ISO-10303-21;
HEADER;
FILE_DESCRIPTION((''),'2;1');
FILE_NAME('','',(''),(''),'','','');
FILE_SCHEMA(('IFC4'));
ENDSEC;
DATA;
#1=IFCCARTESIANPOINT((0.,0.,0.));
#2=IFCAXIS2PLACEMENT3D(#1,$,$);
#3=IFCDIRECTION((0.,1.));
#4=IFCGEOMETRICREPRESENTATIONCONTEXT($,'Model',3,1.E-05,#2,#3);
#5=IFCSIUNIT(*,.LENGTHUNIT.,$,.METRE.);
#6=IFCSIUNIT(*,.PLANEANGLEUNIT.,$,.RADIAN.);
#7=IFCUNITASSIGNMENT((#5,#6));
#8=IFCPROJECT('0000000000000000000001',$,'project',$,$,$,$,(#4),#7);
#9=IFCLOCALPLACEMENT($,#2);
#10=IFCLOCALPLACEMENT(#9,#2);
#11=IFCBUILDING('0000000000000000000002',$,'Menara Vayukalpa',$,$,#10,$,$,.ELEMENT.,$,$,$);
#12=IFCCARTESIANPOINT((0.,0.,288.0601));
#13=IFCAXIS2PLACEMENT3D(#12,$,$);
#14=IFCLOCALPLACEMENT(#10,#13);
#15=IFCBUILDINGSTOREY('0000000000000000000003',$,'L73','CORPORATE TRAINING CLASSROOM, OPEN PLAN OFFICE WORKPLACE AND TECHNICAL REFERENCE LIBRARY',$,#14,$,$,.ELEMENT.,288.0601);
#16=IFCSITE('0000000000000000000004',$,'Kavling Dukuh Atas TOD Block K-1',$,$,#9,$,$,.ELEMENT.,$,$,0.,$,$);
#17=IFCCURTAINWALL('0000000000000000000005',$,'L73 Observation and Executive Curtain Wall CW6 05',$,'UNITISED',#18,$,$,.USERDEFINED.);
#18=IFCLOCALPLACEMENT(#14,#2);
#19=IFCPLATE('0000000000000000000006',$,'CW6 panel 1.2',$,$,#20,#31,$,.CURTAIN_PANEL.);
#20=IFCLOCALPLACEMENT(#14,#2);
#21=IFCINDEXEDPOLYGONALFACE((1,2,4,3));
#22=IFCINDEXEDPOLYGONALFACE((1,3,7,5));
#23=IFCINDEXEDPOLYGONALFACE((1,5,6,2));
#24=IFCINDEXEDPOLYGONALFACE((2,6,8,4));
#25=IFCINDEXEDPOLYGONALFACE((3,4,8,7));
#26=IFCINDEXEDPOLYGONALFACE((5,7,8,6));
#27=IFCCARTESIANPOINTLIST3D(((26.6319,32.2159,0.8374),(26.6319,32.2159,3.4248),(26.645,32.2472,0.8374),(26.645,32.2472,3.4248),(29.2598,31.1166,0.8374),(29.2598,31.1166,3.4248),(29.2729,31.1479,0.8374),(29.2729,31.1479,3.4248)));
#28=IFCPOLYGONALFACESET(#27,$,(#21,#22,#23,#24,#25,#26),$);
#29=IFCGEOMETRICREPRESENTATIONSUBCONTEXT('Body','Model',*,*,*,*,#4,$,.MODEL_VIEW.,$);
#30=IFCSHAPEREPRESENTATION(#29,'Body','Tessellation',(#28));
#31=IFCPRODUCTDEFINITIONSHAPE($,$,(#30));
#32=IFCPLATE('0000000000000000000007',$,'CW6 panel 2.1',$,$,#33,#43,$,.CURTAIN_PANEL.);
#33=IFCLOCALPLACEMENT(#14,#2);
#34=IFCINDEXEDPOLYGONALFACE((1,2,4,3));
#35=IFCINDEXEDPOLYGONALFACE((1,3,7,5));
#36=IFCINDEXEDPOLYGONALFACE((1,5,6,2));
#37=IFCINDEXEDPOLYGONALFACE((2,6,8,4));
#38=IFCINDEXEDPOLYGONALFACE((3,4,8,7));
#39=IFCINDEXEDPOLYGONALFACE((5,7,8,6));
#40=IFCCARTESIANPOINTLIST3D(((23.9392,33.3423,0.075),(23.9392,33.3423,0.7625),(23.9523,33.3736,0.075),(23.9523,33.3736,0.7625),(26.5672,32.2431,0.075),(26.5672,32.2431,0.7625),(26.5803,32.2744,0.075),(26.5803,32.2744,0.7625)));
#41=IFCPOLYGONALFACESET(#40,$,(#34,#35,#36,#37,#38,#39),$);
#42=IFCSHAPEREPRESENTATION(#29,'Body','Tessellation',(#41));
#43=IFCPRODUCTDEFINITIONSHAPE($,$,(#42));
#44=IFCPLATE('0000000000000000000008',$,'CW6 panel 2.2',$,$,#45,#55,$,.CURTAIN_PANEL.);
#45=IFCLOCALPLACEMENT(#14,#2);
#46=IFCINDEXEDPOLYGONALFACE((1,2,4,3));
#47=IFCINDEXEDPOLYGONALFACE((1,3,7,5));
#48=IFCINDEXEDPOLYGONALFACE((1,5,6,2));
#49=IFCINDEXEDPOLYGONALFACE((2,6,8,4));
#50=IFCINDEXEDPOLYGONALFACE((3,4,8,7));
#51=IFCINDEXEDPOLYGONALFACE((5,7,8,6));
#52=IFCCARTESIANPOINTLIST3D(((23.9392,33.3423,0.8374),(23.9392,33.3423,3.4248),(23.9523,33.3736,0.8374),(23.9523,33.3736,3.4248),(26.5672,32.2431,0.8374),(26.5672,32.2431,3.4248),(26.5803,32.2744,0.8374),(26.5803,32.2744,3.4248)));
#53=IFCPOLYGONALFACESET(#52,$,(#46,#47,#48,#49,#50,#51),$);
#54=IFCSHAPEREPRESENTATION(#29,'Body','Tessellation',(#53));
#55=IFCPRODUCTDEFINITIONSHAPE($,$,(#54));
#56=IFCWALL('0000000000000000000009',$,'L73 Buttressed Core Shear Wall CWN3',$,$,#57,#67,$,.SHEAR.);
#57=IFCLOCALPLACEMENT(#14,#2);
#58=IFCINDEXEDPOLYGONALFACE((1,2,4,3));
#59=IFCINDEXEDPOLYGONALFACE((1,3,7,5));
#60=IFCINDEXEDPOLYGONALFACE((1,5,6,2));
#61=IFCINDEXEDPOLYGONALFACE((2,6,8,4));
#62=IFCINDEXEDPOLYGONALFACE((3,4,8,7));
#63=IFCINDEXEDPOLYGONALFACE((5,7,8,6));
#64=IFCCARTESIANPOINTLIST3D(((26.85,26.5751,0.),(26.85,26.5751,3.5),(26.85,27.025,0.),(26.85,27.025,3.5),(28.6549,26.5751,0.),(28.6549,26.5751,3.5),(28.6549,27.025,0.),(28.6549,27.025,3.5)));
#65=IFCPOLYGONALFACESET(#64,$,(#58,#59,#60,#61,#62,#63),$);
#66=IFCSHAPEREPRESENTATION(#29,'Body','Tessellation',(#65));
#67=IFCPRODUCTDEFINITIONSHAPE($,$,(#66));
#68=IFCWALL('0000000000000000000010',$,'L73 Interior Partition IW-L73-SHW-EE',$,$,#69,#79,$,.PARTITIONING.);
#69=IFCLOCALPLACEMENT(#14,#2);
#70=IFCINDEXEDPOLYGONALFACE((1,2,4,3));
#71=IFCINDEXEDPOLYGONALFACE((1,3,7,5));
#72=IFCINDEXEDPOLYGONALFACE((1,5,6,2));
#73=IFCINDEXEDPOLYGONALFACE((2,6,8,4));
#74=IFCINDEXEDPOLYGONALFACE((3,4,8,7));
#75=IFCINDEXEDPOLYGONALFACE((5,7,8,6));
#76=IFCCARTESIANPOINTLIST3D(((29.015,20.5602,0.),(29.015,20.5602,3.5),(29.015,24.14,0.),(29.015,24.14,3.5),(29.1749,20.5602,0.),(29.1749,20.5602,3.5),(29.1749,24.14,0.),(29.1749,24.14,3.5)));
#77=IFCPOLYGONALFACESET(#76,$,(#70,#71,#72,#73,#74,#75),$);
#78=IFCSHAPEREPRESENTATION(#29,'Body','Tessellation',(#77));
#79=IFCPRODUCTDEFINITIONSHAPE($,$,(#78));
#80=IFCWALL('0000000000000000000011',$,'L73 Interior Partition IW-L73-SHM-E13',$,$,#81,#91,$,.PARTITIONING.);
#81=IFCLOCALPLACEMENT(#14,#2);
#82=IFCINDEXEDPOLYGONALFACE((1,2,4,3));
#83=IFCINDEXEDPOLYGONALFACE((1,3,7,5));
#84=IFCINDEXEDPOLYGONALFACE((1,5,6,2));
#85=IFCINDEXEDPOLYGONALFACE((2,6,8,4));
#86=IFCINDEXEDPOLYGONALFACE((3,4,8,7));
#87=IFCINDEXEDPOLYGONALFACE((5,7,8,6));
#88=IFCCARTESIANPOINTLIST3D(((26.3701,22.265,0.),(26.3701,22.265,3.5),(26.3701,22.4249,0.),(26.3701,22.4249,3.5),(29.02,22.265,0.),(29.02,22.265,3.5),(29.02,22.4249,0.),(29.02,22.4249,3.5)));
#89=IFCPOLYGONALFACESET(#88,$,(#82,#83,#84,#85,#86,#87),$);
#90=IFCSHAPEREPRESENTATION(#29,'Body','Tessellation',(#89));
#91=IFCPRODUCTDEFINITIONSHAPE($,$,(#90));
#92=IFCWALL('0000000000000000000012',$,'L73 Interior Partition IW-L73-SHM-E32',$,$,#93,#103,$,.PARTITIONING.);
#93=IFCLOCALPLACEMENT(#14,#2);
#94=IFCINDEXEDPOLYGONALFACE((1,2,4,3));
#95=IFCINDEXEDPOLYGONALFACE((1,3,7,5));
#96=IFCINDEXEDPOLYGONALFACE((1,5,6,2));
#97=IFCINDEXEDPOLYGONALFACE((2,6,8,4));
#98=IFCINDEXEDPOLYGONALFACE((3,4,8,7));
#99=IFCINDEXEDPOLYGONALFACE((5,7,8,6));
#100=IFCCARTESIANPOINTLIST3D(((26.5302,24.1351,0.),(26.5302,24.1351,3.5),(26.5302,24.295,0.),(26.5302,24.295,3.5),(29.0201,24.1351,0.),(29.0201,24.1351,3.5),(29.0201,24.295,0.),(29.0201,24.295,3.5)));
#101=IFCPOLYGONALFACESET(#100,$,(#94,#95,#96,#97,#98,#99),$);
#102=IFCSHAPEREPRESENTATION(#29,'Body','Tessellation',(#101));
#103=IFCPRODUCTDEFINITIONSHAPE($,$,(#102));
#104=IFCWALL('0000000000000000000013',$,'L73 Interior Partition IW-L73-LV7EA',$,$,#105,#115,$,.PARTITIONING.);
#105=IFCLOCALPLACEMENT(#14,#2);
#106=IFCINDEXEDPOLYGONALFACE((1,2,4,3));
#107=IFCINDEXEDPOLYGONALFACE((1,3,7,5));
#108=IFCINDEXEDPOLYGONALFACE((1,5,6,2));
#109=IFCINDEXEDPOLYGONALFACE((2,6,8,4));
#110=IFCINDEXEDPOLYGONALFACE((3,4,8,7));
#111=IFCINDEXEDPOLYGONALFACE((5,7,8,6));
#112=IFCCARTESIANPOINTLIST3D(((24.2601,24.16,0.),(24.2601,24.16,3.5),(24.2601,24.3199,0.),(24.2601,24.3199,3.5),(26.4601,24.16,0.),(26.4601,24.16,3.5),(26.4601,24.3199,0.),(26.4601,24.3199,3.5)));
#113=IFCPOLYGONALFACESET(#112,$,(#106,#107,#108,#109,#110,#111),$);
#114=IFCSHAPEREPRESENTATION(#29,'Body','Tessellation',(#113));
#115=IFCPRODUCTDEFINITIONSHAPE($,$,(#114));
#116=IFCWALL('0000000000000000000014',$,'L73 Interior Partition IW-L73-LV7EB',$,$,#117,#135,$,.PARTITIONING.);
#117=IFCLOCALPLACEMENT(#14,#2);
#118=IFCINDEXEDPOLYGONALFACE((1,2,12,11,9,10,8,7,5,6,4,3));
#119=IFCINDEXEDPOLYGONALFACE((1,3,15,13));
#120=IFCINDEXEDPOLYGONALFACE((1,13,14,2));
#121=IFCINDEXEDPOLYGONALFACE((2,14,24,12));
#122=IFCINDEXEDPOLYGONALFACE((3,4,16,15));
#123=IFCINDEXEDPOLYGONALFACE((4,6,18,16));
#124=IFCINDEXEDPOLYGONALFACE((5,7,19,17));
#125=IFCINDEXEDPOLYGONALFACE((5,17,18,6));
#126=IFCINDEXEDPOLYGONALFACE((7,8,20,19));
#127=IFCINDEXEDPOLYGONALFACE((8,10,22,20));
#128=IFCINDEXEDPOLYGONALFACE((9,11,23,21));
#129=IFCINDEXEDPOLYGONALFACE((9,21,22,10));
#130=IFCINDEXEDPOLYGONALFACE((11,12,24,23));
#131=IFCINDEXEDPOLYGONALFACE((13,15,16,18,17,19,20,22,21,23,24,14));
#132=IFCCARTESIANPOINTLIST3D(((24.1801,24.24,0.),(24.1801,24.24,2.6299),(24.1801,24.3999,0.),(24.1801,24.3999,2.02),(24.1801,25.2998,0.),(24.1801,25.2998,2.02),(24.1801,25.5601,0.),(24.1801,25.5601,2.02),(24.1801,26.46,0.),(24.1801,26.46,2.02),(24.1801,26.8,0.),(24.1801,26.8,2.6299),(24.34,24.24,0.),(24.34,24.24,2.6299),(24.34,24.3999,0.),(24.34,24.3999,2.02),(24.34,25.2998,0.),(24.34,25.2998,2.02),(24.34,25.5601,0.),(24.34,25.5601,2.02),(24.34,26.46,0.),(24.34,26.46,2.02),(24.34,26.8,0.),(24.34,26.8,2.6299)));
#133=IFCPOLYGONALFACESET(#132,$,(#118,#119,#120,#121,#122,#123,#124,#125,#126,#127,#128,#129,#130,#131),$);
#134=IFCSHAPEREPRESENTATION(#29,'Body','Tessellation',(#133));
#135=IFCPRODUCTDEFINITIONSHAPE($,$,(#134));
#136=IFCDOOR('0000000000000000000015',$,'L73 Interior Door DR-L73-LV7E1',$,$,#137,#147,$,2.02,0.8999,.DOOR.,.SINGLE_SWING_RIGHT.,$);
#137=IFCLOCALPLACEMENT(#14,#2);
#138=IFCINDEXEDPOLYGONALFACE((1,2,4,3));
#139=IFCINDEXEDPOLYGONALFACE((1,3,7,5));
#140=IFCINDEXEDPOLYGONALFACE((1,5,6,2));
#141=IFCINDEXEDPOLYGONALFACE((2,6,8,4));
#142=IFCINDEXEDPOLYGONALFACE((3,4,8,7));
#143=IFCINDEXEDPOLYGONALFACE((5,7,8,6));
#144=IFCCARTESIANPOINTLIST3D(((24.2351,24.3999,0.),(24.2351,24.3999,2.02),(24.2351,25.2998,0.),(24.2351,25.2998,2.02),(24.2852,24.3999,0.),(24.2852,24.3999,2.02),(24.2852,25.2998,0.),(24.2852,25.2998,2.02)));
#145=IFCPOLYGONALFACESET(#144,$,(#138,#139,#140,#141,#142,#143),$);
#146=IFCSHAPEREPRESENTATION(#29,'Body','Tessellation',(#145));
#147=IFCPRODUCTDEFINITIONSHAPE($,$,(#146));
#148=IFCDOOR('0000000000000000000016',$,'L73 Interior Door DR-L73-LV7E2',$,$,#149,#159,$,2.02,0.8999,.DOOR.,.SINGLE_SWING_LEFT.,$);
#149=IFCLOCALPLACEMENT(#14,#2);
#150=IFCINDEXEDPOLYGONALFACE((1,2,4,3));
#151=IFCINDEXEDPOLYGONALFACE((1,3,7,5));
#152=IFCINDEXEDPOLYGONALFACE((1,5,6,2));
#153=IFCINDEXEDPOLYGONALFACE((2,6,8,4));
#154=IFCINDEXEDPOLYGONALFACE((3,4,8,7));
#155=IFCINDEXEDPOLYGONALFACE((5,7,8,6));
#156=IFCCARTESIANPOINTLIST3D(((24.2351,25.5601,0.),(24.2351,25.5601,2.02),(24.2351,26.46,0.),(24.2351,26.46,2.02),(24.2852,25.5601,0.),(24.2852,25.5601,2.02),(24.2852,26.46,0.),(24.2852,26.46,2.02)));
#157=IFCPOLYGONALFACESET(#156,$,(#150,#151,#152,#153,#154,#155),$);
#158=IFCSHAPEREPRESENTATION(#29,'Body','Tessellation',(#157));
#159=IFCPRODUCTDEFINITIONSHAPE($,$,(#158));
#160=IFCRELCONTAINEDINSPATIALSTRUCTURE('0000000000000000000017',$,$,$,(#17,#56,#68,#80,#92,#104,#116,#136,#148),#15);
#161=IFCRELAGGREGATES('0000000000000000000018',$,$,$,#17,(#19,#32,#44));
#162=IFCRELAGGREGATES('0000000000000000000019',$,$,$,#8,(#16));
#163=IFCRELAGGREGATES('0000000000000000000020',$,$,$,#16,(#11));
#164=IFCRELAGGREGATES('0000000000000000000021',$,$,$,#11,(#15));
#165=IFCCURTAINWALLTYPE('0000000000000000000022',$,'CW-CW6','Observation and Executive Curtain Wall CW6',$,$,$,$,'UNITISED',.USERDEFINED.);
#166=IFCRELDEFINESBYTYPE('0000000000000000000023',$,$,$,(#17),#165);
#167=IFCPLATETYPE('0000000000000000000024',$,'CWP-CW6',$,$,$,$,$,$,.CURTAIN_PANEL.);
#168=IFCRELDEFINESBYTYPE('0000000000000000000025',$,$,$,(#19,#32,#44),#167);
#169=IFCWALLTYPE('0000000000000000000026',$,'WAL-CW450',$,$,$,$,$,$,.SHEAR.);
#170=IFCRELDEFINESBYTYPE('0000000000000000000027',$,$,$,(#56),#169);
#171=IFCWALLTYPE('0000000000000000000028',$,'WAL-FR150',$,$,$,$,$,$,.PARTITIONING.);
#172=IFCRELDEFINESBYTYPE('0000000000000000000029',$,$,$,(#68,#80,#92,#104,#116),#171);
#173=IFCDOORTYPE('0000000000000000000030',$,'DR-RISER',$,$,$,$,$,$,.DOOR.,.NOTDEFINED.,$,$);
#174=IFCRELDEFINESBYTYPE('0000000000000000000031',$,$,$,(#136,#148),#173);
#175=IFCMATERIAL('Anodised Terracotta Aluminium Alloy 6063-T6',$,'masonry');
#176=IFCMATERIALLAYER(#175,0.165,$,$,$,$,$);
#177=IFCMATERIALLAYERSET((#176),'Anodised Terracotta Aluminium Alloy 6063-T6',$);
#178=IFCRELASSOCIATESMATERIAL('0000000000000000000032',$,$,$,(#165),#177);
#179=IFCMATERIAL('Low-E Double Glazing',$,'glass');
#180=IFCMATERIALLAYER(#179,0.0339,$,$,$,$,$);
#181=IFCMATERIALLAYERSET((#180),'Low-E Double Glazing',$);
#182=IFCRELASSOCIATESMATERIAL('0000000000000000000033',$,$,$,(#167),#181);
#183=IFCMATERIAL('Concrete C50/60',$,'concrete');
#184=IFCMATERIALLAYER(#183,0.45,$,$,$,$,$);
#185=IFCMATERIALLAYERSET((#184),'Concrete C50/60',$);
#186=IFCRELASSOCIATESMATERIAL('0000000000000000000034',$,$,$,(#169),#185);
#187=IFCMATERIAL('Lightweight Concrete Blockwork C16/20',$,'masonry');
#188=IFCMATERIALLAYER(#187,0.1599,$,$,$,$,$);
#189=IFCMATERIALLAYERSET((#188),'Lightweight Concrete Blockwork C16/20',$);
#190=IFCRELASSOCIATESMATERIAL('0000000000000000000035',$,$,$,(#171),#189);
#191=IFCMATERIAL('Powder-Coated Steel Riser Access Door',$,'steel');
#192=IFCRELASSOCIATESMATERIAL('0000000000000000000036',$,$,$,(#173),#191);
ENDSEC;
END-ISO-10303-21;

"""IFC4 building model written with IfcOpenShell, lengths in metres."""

from ifc_helpers import new_model, si_unit, direction, frame, frame_2d, origin, origin_2d, place, context, subcontext, project, spatial, rectangle, extrude, material, layer, layer_set, type_object, element, fill, aggregate, save


model = new_model("IFC4")

# Units and contexts
model_context = context("Model", 3, precision=1e-05, world=origin(), true_north=direction((0.0, 1.0)))
body_context = subcontext(model_context, "Body", "Model", "MODEL_VIEW")
ifc_project = project(units=[si_unit("LENGTHUNIT", "METRE"), si_unit("PLANEANGLEUNIT", "RADIAN")], contexts=[model_context])

# Site, building, storey
site_placement = place(None, origin())
site = spatial("IfcSite", under=ifc_project, at=site_placement, Name="Kavling Dukuh Atas TOD Block K-1", CompositionType="ELEMENT", RefElevation=0.0)
building_placement = place(site_placement, origin())
building = spatial("IfcBuilding", under=site, at=building_placement, Name="Menara Vayukalpa", CompositionType="ELEMENT")
storey_placement = place(building_placement, frame((0.0, 0.0, 288.0601)))
storey = spatial("IfcBuildingStorey", under=building, at=storey_placement, Name="L73", Description="CORPORATE TRAINING CLASSROOM, OPEN PLAN OFFICE WORKPLACE AND TECHNICAL REFERENCE LIBRARY", CompositionType="ELEMENT", Elevation=288.0601)

# Curtain wall, plates
ifc_material_1 = material(Name="Anodised Terracotta Aluminium Alloy 6063-T6", Category="masonry")
ifc_layer_1 = layer(ifc_material_1, 0.165)
ifc_layer_set_1 = layer_set([ifc_layer_1], Name="Anodised Terracotta Aluminium Alloy 6063-T6")
curtain_wall_type = type_object("IfcCurtainWallType", Name="CW-CW6", Description="Observation and Executive Curtain Wall CW6", ElementType="UNITISED", PredefinedType="USERDEFINED", material=ifc_layer_set_1)
curtain_wall_placement = place(storey_placement, origin())
curtain_wall = element("IfcCurtainWall", 1, at=curtain_wall_placement, inside=storey, type_object=curtain_wall_type, Name="L73 Observation and Executive Curtain Wall CW6 05", ObjectType="UNITISED", PredefinedType="USERDEFINED")
ifc_material_2 = material(Name="Low-E Double Glazing", Category="glass")
ifc_layer_2 = layer(ifc_material_2, 0.0339)
ifc_layer_set_2 = layer_set([ifc_layer_2], Name="Low-E Double Glazing")
plate_type = type_object("IfcPlateType", Name="CWP-CW6", PredefinedType="CURTAIN_PANEL", material=ifc_layer_set_2)
plate_1_placement = place(storey_placement, frame((27.9524, 31.6819, 0.8374), z_axis=(0.0, 0.0, 1.0), x_axis=(-0.922541, 0.3859, 0.0)))
plate_1 = element("IfcPlate", 2, at=plate_1_placement, type_object=plate_type, Name="CW6 panel 1.2", PredefinedType="CURTAIN_PANEL", context=body_context, shape_type="SweptSolid", body=[
    extrude(rectangle(XDim=2.8486, YDim=0.0339, at=origin_2d()), origin(), (0.0, 0.0, 1.0), 2.5874),
])
plate_2_placement = place(storey_placement, frame((25.2598, 32.8083, 0.075), z_axis=(0.0, 0.0, 1.0), x_axis=(-0.922541, 0.3859, 0.0)))
plate_2 = element("IfcPlate", 3, at=plate_2_placement, type_object=plate_type, Name="CW6 panel 2.1", PredefinedType="CURTAIN_PANEL", context=body_context, shape_type="SweptSolid", body=[
    extrude(rectangle(XDim=2.8486, YDim=0.0339, at=origin_2d()), origin(), (0.0, 0.0, 1.0), 0.6875),
])
plate_3_placement = place(storey_placement, frame((25.2598, 32.8083, 0.8374), z_axis=(0.0, 0.0, 1.0), x_axis=(-0.922541, 0.3859, 0.0)))
plate_3 = element("IfcPlate", 4, at=plate_3_placement, type_object=plate_type, Name="CW6 panel 2.2", PredefinedType="CURTAIN_PANEL", context=body_context, shape_type="SweptSolid", body=[
    extrude(rectangle(XDim=2.8486, YDim=0.0339, at=origin_2d()), origin(), (0.0, 0.0, 1.0), 2.5874),
])
aggregate(curtain_wall, [plate_1, plate_2, plate_3])

# Walls
ifc_material_3 = material(Name="Concrete C50/60", Category="concrete")
ifc_layer_3 = layer(ifc_material_3, 0.45)
ifc_layer_set_3 = layer_set([ifc_layer_3], Name="Concrete C50/60")
wall_type_1 = type_object("IfcWallType", Name="WAL-CW450", PredefinedType="SHEAR", material=ifc_layer_set_3)
wall_1_placement = place(storey_placement, frame((26.8501, 26.8, 0.0), z_axis=(0.0, 0.0, 1.0), x_axis=(1.0, 0.0, 0.0)))
element("IfcWall", 5, at=wall_1_placement, inside=storey, type_object=wall_type_1, Name="L73 Buttressed Core Shear Wall CWN3", PredefinedType="SHEAR", context=body_context, shape_type="SweptSolid", body=[
    extrude(rectangle(XDim=1.8049, YDim=0.45, at=frame_2d((0.9023, 0.0))), origin(), (0.0, 0.0, 1.0), 3.5),
])
ifc_material_4 = material(Name="Lightweight Concrete Blockwork C16/20", Category="masonry")
ifc_layer_4 = layer(ifc_material_4, 0.1599)
ifc_layer_set_4 = layer_set([ifc_layer_4], Name="Lightweight Concrete Blockwork C16/20")
wall_type_2 = type_object("IfcWallType", Name="WAL-FR150", PredefinedType="PARTITIONING", material=ifc_layer_set_4)
wall_2_placement = place(storey_placement, frame((29.095, 20.5601, 0.0), z_axis=(0.0, 0.0, 1.0), x_axis=(0.0, 1.0, 0.0)))
element("IfcWall", 6, at=wall_2_placement, inside=storey, type_object=wall_type_2, Name="L73 Interior Partition IW-L73-SHW-EE", PredefinedType="PARTITIONING", context=body_context, shape_type="SweptSolid", body=[
    extrude(rectangle(XDim=3.5798, YDim=0.1599, at=frame_2d((1.79, 0.0))), origin(), (0.0, 0.0, 1.0), 3.5),
])
wall_3_placement = place(storey_placement, frame((26.3701, 22.345, 0.0), z_axis=(0.0, 0.0, 1.0), x_axis=(1.0, 0.0, 0.0)))
element("IfcWall", 7, at=wall_3_placement, inside=storey, type_object=wall_type_2, Name="L73 Interior Partition IW-L73-SHM-E13", PredefinedType="PARTITIONING", context=body_context, shape_type="SweptSolid", body=[
    extrude(rectangle(XDim=2.6499, YDim=0.1599, at=frame_2d((1.325, 0.0))), origin(), (0.0, 0.0, 1.0), 3.5),
])
wall_4_placement = place(storey_placement, frame((26.53, 24.2151, 0.0), z_axis=(0.0, 0.0, 1.0), x_axis=(1.0, 0.0, 0.0)))
element("IfcWall", 8, at=wall_4_placement, inside=storey, type_object=wall_type_2, Name="L73 Interior Partition IW-L73-SHM-E32", PredefinedType="PARTITIONING", context=body_context, shape_type="SweptSolid", body=[
    extrude(rectangle(XDim=2.49, YDim=0.1599, at=frame_2d((1.2451, 0.0))), origin(), (0.0, 0.0, 1.0), 3.5),
])
wall_5_placement = place(storey_placement, frame((24.26, 24.24, 0.0), z_axis=(0.0, 0.0, 1.0), x_axis=(1.0, 0.0, 0.0)))
element("IfcWall", 9, at=wall_5_placement, inside=storey, type_object=wall_type_2, Name="L73 Interior Partition IW-L73-LV7EA", PredefinedType="PARTITIONING", context=body_context, shape_type="SweptSolid", body=[
    extrude(rectangle(XDim=2.2, YDim=0.1599, at=frame_2d((1.1001, 0.0))), origin(), (0.0, 0.0, 1.0), 3.5),
])

# Wall, openings, doors
wall_6_placement = place(storey_placement, frame((24.26, 24.24, 0.0), z_axis=(0.0, 0.0, 1.0), x_axis=(0.0, 1.0, 0.0)))
wall_6 = element("IfcWall", 10, at=wall_6_placement, inside=storey, type_object=wall_type_2, Name="L73 Interior Partition IW-L73-LV7EB", PredefinedType="PARTITIONING", context=body_context, shape_type="SweptSolid", body=[
    extrude(rectangle(XDim=2.5601, YDim=0.1599, at=frame_2d((1.28, 0.0))), origin(), (0.0, 0.0, 1.0), 2.6299),
])
opening_1_placement = place(wall_6_placement, frame((0.1599, 0.0, 0.0)))
opening_1 = element("IfcOpeningElement", 11, at=opening_1_placement, cuts=wall_6, PredefinedType="OPENING", context=body_context, shape_type="SweptSolid", body=[
    extrude(rectangle(XDim=0.8999, YDim=2.02, at=frame_2d((0.45, 1.01))), frame((0.0, 0.0898, 0.0), z_axis=(0.0, -1.0, 0.0), x_axis=(1.0, 0.0, 0.0)), (0.0, 0.0, 1.0), 0.1799),
])
opening_2_placement = place(wall_6_placement, frame((1.3201, 0.0, 0.0)))
opening_2 = element("IfcOpeningElement", 12, at=opening_2_placement, cuts=wall_6, PredefinedType="OPENING", context=body_context, shape_type="SweptSolid", body=[
    extrude(rectangle(XDim=0.8999, YDim=2.02, at=frame_2d((0.45, 1.01))), frame((0.0, 0.0898, 0.0), z_axis=(0.0, -1.0, 0.0), x_axis=(1.0, 0.0, 0.0)), (0.0, 0.0, 1.0), 0.1799),
])
ifc_material_5 = material(Name="Powder-Coated Steel Riser Access Door", Category="steel")
door_type_1 = type_object("IfcDoorType", Name="DR-RISER", OperationType="NOTDEFINED", PredefinedType="DOOR", material=ifc_material_5)
door_1_placement = place(opening_1_placement, origin())
door_1 = element("IfcDoor", 13, at=door_1_placement, inside=storey, type_object=door_type_1, Name="L73 Interior Door DR-L73-LV7E1", OperationType="SINGLE_SWING_RIGHT", OverallHeight=2.02, OverallWidth=0.8999, PredefinedType="DOOR", context=body_context, shape_type="SweptSolid", body=[
    extrude(rectangle(XDim=0.8999, YDim=2.02, at=frame_2d((0.45, 1.01))), frame((0.0, 0.0249, 0.0), z_axis=(0.0, -1.0, 0.0), x_axis=(1.0, 0.0, 0.0)), (0.0, 0.0, 1.0), 0.05),
])
fill(opening_1, door_1)
door_2_placement = place(opening_2_placement, origin())
door_2 = element("IfcDoor", 14, at=door_2_placement, inside=storey, type_object=door_type_1, Name="L73 Interior Door DR-L73-LV7E2", OperationType="SINGLE_SWING_LEFT", OverallHeight=2.02, OverallWidth=0.8999, PredefinedType="DOOR", context=body_context, shape_type="SweptSolid", body=[
    extrude(rectangle(XDim=0.8999, YDim=2.02, at=frame_2d((0.45, 1.01))), frame((0.0, 0.0249, 0.0), z_axis=(0.0, -1.0, 0.0), x_axis=(1.0, 0.0, 0.0)), (0.0, 0.0, 1.0), 0.05),
])
fill(opening_2, door_2)

save(model, "model.ifc")
